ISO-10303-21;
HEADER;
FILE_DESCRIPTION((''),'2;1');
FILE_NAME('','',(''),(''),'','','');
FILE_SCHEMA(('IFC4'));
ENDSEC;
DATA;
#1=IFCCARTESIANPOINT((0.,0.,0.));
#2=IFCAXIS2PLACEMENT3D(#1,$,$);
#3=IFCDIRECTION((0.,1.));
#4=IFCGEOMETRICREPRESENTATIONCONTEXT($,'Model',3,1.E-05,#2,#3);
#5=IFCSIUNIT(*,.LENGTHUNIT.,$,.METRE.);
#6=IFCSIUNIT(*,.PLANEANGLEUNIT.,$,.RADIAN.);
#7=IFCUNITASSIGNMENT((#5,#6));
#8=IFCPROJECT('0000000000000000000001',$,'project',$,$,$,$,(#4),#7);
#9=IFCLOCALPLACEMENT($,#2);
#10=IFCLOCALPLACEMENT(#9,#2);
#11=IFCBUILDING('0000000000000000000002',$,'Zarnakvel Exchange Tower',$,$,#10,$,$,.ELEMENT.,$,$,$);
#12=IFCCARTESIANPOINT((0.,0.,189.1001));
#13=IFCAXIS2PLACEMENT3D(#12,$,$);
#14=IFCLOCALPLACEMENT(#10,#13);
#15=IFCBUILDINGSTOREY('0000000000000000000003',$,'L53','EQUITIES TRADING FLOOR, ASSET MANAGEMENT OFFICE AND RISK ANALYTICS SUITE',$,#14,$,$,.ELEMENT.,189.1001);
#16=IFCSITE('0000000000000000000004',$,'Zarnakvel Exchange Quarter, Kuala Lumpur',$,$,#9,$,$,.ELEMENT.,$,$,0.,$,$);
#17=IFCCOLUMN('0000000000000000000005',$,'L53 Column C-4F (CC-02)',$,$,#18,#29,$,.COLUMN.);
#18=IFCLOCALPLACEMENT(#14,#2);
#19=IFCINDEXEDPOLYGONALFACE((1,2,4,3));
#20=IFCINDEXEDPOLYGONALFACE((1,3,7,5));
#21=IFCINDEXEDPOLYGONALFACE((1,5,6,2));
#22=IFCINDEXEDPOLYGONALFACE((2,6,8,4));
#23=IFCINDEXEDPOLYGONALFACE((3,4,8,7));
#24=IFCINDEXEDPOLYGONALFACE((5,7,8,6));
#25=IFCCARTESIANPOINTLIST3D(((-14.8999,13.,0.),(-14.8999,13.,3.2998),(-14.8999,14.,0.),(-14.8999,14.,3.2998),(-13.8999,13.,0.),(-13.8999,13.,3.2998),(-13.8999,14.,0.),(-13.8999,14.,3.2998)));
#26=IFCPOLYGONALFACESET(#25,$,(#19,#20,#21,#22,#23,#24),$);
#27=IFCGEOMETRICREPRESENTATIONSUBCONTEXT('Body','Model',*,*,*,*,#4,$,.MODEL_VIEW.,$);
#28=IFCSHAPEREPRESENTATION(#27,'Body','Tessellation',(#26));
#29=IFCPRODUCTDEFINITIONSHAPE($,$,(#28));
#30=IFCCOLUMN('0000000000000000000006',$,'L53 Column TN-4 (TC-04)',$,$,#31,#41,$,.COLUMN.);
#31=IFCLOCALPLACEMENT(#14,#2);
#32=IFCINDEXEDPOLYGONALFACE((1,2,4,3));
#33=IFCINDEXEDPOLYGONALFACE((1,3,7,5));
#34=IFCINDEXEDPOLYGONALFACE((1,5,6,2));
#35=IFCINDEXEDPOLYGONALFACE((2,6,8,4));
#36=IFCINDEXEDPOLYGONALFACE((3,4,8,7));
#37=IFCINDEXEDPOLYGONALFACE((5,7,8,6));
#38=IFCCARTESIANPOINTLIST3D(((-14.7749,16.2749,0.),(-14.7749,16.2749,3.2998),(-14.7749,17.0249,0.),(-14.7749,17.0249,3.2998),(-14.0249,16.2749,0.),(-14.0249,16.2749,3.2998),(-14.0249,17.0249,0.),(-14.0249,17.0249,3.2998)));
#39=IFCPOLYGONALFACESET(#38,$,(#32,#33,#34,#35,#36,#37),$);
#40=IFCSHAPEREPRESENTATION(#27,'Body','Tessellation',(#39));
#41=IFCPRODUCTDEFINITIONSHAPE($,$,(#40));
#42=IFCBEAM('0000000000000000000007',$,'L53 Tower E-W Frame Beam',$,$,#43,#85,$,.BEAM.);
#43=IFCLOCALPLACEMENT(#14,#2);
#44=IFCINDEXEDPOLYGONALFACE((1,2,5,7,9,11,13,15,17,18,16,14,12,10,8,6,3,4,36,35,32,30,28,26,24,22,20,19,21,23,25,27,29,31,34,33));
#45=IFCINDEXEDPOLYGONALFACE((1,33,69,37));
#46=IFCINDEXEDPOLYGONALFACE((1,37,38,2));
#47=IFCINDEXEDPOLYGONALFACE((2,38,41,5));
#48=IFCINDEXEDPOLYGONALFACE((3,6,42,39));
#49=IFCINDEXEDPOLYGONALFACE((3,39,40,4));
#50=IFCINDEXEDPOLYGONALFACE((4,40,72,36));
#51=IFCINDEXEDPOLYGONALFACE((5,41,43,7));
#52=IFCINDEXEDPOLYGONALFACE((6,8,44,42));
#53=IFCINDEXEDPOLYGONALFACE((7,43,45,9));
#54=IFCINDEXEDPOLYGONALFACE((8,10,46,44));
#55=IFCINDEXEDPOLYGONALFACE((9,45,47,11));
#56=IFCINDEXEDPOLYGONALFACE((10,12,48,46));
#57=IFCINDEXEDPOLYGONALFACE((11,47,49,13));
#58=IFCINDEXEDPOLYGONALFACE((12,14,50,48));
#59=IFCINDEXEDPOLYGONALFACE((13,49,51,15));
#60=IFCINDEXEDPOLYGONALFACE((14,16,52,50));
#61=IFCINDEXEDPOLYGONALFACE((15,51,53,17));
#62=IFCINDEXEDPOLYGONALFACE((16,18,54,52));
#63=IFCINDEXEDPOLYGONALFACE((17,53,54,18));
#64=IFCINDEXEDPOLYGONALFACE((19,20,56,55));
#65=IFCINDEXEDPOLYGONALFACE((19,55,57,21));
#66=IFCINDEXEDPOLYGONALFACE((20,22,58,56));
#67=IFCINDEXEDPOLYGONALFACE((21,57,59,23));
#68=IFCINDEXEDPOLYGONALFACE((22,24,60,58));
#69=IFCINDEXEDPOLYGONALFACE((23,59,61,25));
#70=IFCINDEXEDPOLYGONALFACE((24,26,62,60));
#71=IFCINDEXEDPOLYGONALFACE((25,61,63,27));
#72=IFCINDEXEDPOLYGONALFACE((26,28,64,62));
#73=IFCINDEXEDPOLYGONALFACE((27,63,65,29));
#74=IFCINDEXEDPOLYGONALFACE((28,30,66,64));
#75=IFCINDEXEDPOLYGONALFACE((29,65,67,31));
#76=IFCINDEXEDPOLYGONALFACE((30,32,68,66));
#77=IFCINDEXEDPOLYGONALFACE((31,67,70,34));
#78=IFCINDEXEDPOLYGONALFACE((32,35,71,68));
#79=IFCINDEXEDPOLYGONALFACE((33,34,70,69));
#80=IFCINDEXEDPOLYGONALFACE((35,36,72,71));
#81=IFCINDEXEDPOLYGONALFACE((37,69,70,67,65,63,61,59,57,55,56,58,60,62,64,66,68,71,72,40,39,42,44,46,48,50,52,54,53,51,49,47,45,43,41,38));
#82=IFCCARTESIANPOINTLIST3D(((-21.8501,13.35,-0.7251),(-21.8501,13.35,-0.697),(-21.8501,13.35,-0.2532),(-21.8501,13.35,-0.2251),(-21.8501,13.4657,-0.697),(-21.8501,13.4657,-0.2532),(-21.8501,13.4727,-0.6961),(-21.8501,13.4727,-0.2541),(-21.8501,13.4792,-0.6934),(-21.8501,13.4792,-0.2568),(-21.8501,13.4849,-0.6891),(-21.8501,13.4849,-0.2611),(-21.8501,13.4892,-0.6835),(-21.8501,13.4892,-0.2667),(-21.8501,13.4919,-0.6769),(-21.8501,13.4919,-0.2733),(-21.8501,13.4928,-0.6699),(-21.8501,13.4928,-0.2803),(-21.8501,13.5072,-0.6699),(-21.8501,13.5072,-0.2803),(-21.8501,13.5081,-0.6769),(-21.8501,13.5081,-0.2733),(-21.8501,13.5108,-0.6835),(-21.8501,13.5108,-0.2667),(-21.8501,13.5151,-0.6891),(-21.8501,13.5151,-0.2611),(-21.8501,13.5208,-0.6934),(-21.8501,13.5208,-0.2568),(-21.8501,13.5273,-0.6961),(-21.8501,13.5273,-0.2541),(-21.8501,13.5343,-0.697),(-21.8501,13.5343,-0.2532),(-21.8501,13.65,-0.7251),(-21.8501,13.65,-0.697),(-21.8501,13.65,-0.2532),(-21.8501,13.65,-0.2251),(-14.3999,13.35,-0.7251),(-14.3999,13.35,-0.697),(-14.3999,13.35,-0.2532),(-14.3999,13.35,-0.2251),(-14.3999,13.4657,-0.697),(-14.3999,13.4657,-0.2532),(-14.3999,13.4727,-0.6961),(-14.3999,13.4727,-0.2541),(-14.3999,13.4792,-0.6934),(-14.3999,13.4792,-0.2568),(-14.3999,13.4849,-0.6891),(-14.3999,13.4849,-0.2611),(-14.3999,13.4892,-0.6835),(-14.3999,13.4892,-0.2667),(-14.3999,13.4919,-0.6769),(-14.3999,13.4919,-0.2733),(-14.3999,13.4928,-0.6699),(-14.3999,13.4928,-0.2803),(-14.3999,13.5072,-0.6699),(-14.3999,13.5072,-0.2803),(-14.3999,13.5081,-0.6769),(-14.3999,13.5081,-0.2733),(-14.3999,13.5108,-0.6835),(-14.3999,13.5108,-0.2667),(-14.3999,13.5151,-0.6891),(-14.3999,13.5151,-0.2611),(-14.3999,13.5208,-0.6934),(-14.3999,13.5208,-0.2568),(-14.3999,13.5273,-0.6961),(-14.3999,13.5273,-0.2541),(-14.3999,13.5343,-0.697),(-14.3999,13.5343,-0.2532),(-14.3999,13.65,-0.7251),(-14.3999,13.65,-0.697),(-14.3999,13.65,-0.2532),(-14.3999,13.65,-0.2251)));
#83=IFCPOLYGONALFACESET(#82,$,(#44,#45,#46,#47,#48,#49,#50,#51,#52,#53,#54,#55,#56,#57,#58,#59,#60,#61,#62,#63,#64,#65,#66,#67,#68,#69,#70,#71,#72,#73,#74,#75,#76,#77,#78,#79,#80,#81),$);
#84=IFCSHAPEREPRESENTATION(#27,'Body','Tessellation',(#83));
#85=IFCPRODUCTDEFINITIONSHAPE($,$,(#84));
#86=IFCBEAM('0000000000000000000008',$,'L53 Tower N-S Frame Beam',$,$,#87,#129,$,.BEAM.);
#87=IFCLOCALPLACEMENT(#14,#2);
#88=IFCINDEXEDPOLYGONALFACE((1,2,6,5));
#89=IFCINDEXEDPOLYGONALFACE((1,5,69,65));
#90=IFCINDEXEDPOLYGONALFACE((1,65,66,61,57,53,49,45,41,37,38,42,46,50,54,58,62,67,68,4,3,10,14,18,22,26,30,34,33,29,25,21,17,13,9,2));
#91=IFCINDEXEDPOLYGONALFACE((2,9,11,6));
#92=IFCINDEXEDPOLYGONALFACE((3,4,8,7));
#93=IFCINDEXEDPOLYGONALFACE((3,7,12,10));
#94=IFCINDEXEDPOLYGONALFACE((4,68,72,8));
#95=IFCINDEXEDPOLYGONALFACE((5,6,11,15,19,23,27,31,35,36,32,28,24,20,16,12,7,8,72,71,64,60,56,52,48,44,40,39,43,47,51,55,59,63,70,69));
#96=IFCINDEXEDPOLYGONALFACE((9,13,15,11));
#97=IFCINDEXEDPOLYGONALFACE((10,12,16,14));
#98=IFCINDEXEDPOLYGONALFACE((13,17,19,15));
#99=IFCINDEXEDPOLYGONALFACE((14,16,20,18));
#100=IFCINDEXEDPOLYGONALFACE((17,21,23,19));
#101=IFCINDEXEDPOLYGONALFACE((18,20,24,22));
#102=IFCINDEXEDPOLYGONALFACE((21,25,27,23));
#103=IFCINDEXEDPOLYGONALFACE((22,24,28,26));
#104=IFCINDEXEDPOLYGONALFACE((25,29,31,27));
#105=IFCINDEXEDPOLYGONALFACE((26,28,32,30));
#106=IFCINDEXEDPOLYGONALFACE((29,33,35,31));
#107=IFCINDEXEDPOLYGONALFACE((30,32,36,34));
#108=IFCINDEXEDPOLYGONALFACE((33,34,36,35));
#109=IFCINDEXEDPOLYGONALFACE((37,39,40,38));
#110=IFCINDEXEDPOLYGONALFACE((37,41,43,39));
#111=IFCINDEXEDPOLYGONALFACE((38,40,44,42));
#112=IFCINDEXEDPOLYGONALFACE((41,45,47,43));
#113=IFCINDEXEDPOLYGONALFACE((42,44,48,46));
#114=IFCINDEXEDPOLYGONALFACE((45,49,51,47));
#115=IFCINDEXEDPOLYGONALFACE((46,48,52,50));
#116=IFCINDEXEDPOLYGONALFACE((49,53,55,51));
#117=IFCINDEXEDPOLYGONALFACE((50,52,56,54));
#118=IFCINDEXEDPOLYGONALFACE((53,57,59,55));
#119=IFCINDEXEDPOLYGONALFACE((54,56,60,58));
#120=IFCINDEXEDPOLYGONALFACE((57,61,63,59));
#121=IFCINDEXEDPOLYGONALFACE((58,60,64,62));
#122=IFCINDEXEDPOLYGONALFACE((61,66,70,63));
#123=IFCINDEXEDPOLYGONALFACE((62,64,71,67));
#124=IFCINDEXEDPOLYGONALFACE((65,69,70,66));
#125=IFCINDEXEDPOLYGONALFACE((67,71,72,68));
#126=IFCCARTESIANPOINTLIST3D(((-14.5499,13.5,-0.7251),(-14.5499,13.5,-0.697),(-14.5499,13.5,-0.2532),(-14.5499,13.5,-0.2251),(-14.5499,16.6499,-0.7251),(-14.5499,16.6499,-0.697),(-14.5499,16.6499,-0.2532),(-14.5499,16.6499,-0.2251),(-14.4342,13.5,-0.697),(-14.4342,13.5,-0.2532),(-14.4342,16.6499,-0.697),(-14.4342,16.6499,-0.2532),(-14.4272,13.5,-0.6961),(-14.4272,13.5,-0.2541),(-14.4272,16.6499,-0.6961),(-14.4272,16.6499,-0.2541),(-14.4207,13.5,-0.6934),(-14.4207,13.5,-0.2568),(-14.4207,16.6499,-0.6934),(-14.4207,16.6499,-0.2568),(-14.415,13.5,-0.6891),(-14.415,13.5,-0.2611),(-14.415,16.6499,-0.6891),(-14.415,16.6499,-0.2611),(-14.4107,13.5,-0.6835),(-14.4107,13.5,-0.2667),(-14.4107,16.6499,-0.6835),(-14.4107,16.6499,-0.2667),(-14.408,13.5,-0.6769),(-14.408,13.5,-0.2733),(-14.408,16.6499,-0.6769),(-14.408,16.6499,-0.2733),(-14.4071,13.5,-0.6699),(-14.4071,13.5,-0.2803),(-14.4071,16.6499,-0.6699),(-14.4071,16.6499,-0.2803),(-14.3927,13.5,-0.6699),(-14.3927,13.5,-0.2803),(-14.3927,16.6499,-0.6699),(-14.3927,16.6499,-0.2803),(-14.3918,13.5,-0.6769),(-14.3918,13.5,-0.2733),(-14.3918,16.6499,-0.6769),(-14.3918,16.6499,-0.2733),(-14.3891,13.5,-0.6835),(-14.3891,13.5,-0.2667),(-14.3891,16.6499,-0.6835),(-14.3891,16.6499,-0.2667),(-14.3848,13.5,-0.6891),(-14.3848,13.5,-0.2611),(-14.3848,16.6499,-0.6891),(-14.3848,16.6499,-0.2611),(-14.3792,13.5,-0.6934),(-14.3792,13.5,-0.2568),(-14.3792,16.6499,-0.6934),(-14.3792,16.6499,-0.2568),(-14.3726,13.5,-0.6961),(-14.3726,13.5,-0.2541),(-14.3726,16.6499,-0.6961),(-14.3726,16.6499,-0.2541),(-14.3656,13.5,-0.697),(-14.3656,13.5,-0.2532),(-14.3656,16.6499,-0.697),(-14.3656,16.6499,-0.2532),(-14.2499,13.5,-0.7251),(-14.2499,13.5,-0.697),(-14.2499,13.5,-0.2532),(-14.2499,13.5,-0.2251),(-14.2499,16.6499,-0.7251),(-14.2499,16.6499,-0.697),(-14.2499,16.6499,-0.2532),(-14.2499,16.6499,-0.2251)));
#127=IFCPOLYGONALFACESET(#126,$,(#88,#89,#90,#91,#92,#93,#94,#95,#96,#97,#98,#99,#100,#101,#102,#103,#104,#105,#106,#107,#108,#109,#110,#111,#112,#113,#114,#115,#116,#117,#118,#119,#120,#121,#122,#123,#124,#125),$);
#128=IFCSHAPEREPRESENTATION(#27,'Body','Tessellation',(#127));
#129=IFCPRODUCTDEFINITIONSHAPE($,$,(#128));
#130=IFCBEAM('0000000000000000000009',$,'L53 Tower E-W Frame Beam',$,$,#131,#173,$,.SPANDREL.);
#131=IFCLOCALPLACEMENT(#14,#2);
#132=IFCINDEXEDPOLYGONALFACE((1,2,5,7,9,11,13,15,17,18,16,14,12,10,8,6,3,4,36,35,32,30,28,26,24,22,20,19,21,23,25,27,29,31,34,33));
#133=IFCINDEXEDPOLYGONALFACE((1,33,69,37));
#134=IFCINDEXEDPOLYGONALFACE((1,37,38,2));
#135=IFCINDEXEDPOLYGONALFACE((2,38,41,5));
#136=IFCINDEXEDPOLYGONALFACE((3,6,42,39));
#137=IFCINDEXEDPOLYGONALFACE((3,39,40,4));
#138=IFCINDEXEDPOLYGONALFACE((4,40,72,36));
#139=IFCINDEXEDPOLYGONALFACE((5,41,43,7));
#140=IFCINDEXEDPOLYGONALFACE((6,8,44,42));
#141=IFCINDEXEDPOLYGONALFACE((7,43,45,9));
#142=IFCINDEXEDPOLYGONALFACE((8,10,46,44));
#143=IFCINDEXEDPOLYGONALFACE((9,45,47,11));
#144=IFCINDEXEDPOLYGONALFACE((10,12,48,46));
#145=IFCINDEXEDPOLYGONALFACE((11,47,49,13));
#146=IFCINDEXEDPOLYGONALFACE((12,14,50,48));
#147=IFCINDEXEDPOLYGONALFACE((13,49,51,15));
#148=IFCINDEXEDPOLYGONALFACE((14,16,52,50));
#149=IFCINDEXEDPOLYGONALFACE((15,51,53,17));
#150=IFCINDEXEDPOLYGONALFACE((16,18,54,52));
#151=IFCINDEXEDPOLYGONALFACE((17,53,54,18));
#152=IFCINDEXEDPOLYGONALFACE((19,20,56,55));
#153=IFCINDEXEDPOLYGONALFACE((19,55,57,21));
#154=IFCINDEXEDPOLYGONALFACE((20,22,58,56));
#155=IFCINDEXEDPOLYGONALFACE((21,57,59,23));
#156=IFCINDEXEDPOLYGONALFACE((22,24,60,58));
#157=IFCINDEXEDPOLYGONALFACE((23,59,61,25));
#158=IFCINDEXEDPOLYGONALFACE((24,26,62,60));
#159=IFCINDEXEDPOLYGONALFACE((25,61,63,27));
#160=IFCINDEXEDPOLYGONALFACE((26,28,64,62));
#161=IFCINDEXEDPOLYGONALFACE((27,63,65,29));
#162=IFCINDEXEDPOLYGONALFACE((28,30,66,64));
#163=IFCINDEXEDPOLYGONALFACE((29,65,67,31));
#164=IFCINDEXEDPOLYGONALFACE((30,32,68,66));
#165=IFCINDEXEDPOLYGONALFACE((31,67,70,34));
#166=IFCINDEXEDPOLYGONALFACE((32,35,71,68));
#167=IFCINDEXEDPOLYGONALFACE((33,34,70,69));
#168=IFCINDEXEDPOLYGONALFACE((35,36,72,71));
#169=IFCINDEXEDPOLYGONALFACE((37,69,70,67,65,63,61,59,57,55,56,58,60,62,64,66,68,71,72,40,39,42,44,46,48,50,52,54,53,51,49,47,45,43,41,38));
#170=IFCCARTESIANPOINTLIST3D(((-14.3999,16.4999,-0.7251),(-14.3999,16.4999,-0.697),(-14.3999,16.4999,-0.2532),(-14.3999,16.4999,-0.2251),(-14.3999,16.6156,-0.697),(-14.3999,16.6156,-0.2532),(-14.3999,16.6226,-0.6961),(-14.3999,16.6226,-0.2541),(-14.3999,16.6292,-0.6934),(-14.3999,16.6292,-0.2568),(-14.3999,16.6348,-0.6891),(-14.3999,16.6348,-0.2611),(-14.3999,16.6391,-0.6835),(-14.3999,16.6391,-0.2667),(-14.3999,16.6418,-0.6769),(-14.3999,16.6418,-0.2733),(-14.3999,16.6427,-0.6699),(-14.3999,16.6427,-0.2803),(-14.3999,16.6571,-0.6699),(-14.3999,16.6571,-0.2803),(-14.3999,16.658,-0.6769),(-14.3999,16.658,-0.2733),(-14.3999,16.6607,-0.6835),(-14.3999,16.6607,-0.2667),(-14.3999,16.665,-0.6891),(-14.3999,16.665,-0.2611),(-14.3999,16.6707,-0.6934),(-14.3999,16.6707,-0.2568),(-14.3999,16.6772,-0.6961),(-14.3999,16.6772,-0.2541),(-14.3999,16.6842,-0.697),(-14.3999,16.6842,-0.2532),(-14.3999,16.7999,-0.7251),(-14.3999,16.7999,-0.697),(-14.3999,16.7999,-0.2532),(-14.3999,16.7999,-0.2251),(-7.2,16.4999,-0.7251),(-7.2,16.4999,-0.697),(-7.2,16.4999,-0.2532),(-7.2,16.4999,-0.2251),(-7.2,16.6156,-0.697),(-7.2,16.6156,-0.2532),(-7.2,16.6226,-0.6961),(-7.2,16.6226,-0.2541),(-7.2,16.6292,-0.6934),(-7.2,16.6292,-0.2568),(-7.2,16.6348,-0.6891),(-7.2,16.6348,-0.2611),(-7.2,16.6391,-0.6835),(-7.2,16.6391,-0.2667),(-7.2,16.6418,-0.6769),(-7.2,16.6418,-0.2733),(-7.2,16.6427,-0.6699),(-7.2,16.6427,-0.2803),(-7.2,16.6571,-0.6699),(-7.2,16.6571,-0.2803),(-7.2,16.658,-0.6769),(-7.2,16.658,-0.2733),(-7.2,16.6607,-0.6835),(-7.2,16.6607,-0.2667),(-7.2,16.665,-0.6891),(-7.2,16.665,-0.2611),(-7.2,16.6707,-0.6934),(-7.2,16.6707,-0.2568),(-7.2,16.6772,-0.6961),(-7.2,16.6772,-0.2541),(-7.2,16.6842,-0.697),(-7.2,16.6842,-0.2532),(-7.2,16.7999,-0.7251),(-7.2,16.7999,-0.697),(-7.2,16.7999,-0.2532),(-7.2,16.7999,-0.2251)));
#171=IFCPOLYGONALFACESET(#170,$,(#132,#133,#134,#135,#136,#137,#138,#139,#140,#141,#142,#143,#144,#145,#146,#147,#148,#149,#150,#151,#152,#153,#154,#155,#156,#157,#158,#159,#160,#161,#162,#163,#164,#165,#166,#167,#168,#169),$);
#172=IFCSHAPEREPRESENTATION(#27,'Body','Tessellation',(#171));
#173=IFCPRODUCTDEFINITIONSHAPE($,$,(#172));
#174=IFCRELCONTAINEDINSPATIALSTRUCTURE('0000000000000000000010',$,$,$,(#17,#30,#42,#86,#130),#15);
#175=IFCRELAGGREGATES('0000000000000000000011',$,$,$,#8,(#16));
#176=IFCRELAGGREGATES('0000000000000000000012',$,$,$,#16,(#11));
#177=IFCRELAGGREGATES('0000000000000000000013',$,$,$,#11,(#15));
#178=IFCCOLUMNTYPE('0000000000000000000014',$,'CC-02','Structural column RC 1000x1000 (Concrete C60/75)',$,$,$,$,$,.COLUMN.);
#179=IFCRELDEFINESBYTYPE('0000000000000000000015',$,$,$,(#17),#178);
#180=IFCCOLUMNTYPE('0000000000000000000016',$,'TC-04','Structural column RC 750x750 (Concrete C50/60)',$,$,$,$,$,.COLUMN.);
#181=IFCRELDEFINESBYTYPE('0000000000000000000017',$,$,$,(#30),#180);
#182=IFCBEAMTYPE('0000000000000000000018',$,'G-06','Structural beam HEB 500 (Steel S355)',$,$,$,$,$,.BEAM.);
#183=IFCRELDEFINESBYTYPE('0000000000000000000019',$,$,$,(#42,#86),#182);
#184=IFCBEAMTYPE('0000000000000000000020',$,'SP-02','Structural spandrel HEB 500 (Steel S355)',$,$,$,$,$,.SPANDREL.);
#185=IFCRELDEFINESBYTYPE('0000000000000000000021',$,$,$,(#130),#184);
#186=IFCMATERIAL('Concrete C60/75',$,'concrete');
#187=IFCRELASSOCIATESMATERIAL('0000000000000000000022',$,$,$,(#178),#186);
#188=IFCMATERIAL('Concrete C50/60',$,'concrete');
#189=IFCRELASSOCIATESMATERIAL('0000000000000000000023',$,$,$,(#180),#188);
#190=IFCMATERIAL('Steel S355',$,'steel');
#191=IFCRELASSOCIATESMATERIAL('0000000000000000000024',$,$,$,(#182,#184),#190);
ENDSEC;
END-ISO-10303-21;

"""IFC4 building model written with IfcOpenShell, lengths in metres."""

from ifc_helpers import new_model, si_unit, direction, frame, origin, origin_2d, place, context, subcontext, project, spatial, rectangle, i_section, extrude, material, material_profile, profile_set, type_object, element, save


model = new_model("IFC4")

# Units and contexts
model_context = context("Model", 3, precision=1e-05, world=origin(), true_north=direction((0.0, 1.0)))
body_context = subcontext(model_context, "Body", "Model", "MODEL_VIEW")
ifc_project = project(units=[si_unit("LENGTHUNIT", "METRE"), si_unit("PLANEANGLEUNIT", "RADIAN")], contexts=[model_context])

# Site, building, storey
site_placement = place(None, origin())
site = spatial("IfcSite", under=ifc_project, at=site_placement, Name="Zarnakvel Exchange Quarter, Kuala Lumpur", CompositionType="ELEMENT", RefElevation=0.0)
building_placement = place(site_placement, origin())
building = spatial("IfcBuilding", under=site, at=building_placement, Name="Zarnakvel Exchange Tower", CompositionType="ELEMENT")
storey_placement = place(building_placement, frame((0.0, 0.0, 189.1001)))
storey = spatial("IfcBuildingStorey", under=building, at=storey_placement, Name="L53", Description="EQUITIES TRADING FLOOR, ASSET MANAGEMENT OFFICE AND RISK ANALYTICS SUITE", CompositionType="ELEMENT", Elevation=189.1001)

# Columns
ifc_material_1 = material(Name="Concrete C60/75", Category="concrete")
ifc_material_profile_1 = material_profile(ifc_material_1, rectangle(XDim=1.0, YDim=1.0, at=origin_2d()))
ifc_profile_set_1 = profile_set([ifc_material_profile_1], Name="Concrete C60/75")
column_type_1 = type_object("IfcColumnType", Name="CC-02", Description="Structural column RC 1000x1000 (Concrete C60/75)", PredefinedType="COLUMN", material=ifc_profile_set_1)
column_1_placement = place(storey_placement, frame((-14.3999, 13.5, 0.0), z_axis=(0.0, 0.0, 1.0), x_axis=(1.0, 0.0, 0.0)))
element("IfcColumn", 1, at=column_1_placement, inside=storey, type_object=column_type_1, Name="L53 Column C-4F (CC-02)", PredefinedType="COLUMN", context=body_context, shape_type="SweptSolid", body=[
    extrude(rectangle(XDim=1.0, YDim=1.0, at=origin_2d()), origin(), (0.0, 0.0, 1.0), 3.2998),
])
ifc_material_2 = material(Name="Concrete C50/60", Category="concrete")
ifc_material_profile_2 = material_profile(ifc_material_2, rectangle(XDim=0.75, YDim=0.75, at=origin_2d()))
ifc_profile_set_2 = profile_set([ifc_material_profile_2], Name="Concrete C50/60")
column_type_2 = type_object("IfcColumnType", Name="TC-04", Description="Structural column RC 750x750 (Concrete C50/60)", PredefinedType="COLUMN", material=ifc_profile_set_2)
column_2_placement = place(storey_placement, frame((-14.3999, 16.6499, 0.0), z_axis=(0.0, 0.0, 1.0), x_axis=(1.0, 0.0, 0.0)))
element("IfcColumn", 2, at=column_2_placement, inside=storey, type_object=column_type_2, Name="L53 Column TN-4 (TC-04)", PredefinedType="COLUMN", context=body_context, shape_type="SweptSolid", body=[
    extrude(rectangle(XDim=0.75, YDim=0.75, at=origin_2d()), origin(), (0.0, 0.0, 1.0), 3.2998),
])

# Beams
ifc_material_3 = material(Name="Steel S355", Category="steel")
ifc_material_profile_3 = material_profile(ifc_material_3, i_section(OverallWidth=0.3, OverallDepth=0.5, WebThickness=0.0144, FlangeThickness=0.0281, FilletRadius=0.0271, at=origin_2d()))
ifc_profile_set_3 = profile_set([ifc_material_profile_3], Name="Steel S355")
beam_type_1 = type_object("IfcBeamType", Name="G-06", Description="Structural beam HEB 500 (Steel S355)", PredefinedType="BEAM", material=ifc_profile_set_3)
beam_1_placement = place(storey_placement, frame((-21.8501, 13.5, -0.4751), z_axis=(1.0, 0.0, 0.0), x_axis=(0.0, 1.0, 0.0)))
element("IfcBeam", 3, at=beam_1_placement, inside=storey, type_object=beam_type_1, Name="L53 Tower E-W Frame Beam", PredefinedType="BEAM", context=body_context, shape_type="SweptSolid", body=[
    extrude(i_section(OverallWidth=0.3, OverallDepth=0.5, WebThickness=0.0144, FlangeThickness=0.0281, FilletRadius=0.0271, at=origin_2d()), origin(), (0.0, 0.0, 1.0), 7.4502),
])
beam_2_placement = place(storey_placement, frame((-14.3999, 13.5, -0.4751), z_axis=(0.0, 1.0, 0.0), x_axis=(-1.0, 0.0, 0.0)))
element("IfcBeam", 4, at=beam_2_placement, inside=storey, type_object=beam_type_1, Name="L53 Tower N-S Frame Beam", PredefinedType="BEAM", context=body_context, shape_type="SweptSolid", body=[
    extrude(i_section(OverallWidth=0.3, OverallDepth=0.5, WebThickness=0.0144, FlangeThickness=0.0281, FilletRadius=0.0271, at=origin_2d()), origin(), (0.0, 0.0, 1.0), 3.1499),
])
ifc_material_profile_4 = material_profile(ifc_material_3, i_section(OverallWidth=0.3, OverallDepth=0.5, WebThickness=0.0144, FlangeThickness=0.0281, FilletRadius=0.0271, at=origin_2d()))
ifc_profile_set_4 = profile_set([ifc_material_profile_4], Name="Steel S355")
beam_type_2 = type_object("IfcBeamType", Name="SP-02", Description="Structural spandrel HEB 500 (Steel S355)", PredefinedType="SPANDREL", material=ifc_profile_set_4)
beam_3_placement = place(storey_placement, frame((-14.3999, 16.6499, -0.4751), z_axis=(1.0, 0.0, 0.0), x_axis=(0.0, 1.0, 0.0)))
element("IfcBeam", 5, at=beam_3_placement, inside=storey, type_object=beam_type_2, Name="L53 Tower E-W Frame Beam", PredefinedType="SPANDREL", context=body_context, shape_type="SweptSolid", body=[
    extrude(i_section(OverallWidth=0.3, OverallDepth=0.5, WebThickness=0.0144, FlangeThickness=0.0281, FilletRadius=0.0271, at=origin_2d()), origin(), (0.0, 0.0, 1.0), 7.2),
])

save(model, "model.ifc")
